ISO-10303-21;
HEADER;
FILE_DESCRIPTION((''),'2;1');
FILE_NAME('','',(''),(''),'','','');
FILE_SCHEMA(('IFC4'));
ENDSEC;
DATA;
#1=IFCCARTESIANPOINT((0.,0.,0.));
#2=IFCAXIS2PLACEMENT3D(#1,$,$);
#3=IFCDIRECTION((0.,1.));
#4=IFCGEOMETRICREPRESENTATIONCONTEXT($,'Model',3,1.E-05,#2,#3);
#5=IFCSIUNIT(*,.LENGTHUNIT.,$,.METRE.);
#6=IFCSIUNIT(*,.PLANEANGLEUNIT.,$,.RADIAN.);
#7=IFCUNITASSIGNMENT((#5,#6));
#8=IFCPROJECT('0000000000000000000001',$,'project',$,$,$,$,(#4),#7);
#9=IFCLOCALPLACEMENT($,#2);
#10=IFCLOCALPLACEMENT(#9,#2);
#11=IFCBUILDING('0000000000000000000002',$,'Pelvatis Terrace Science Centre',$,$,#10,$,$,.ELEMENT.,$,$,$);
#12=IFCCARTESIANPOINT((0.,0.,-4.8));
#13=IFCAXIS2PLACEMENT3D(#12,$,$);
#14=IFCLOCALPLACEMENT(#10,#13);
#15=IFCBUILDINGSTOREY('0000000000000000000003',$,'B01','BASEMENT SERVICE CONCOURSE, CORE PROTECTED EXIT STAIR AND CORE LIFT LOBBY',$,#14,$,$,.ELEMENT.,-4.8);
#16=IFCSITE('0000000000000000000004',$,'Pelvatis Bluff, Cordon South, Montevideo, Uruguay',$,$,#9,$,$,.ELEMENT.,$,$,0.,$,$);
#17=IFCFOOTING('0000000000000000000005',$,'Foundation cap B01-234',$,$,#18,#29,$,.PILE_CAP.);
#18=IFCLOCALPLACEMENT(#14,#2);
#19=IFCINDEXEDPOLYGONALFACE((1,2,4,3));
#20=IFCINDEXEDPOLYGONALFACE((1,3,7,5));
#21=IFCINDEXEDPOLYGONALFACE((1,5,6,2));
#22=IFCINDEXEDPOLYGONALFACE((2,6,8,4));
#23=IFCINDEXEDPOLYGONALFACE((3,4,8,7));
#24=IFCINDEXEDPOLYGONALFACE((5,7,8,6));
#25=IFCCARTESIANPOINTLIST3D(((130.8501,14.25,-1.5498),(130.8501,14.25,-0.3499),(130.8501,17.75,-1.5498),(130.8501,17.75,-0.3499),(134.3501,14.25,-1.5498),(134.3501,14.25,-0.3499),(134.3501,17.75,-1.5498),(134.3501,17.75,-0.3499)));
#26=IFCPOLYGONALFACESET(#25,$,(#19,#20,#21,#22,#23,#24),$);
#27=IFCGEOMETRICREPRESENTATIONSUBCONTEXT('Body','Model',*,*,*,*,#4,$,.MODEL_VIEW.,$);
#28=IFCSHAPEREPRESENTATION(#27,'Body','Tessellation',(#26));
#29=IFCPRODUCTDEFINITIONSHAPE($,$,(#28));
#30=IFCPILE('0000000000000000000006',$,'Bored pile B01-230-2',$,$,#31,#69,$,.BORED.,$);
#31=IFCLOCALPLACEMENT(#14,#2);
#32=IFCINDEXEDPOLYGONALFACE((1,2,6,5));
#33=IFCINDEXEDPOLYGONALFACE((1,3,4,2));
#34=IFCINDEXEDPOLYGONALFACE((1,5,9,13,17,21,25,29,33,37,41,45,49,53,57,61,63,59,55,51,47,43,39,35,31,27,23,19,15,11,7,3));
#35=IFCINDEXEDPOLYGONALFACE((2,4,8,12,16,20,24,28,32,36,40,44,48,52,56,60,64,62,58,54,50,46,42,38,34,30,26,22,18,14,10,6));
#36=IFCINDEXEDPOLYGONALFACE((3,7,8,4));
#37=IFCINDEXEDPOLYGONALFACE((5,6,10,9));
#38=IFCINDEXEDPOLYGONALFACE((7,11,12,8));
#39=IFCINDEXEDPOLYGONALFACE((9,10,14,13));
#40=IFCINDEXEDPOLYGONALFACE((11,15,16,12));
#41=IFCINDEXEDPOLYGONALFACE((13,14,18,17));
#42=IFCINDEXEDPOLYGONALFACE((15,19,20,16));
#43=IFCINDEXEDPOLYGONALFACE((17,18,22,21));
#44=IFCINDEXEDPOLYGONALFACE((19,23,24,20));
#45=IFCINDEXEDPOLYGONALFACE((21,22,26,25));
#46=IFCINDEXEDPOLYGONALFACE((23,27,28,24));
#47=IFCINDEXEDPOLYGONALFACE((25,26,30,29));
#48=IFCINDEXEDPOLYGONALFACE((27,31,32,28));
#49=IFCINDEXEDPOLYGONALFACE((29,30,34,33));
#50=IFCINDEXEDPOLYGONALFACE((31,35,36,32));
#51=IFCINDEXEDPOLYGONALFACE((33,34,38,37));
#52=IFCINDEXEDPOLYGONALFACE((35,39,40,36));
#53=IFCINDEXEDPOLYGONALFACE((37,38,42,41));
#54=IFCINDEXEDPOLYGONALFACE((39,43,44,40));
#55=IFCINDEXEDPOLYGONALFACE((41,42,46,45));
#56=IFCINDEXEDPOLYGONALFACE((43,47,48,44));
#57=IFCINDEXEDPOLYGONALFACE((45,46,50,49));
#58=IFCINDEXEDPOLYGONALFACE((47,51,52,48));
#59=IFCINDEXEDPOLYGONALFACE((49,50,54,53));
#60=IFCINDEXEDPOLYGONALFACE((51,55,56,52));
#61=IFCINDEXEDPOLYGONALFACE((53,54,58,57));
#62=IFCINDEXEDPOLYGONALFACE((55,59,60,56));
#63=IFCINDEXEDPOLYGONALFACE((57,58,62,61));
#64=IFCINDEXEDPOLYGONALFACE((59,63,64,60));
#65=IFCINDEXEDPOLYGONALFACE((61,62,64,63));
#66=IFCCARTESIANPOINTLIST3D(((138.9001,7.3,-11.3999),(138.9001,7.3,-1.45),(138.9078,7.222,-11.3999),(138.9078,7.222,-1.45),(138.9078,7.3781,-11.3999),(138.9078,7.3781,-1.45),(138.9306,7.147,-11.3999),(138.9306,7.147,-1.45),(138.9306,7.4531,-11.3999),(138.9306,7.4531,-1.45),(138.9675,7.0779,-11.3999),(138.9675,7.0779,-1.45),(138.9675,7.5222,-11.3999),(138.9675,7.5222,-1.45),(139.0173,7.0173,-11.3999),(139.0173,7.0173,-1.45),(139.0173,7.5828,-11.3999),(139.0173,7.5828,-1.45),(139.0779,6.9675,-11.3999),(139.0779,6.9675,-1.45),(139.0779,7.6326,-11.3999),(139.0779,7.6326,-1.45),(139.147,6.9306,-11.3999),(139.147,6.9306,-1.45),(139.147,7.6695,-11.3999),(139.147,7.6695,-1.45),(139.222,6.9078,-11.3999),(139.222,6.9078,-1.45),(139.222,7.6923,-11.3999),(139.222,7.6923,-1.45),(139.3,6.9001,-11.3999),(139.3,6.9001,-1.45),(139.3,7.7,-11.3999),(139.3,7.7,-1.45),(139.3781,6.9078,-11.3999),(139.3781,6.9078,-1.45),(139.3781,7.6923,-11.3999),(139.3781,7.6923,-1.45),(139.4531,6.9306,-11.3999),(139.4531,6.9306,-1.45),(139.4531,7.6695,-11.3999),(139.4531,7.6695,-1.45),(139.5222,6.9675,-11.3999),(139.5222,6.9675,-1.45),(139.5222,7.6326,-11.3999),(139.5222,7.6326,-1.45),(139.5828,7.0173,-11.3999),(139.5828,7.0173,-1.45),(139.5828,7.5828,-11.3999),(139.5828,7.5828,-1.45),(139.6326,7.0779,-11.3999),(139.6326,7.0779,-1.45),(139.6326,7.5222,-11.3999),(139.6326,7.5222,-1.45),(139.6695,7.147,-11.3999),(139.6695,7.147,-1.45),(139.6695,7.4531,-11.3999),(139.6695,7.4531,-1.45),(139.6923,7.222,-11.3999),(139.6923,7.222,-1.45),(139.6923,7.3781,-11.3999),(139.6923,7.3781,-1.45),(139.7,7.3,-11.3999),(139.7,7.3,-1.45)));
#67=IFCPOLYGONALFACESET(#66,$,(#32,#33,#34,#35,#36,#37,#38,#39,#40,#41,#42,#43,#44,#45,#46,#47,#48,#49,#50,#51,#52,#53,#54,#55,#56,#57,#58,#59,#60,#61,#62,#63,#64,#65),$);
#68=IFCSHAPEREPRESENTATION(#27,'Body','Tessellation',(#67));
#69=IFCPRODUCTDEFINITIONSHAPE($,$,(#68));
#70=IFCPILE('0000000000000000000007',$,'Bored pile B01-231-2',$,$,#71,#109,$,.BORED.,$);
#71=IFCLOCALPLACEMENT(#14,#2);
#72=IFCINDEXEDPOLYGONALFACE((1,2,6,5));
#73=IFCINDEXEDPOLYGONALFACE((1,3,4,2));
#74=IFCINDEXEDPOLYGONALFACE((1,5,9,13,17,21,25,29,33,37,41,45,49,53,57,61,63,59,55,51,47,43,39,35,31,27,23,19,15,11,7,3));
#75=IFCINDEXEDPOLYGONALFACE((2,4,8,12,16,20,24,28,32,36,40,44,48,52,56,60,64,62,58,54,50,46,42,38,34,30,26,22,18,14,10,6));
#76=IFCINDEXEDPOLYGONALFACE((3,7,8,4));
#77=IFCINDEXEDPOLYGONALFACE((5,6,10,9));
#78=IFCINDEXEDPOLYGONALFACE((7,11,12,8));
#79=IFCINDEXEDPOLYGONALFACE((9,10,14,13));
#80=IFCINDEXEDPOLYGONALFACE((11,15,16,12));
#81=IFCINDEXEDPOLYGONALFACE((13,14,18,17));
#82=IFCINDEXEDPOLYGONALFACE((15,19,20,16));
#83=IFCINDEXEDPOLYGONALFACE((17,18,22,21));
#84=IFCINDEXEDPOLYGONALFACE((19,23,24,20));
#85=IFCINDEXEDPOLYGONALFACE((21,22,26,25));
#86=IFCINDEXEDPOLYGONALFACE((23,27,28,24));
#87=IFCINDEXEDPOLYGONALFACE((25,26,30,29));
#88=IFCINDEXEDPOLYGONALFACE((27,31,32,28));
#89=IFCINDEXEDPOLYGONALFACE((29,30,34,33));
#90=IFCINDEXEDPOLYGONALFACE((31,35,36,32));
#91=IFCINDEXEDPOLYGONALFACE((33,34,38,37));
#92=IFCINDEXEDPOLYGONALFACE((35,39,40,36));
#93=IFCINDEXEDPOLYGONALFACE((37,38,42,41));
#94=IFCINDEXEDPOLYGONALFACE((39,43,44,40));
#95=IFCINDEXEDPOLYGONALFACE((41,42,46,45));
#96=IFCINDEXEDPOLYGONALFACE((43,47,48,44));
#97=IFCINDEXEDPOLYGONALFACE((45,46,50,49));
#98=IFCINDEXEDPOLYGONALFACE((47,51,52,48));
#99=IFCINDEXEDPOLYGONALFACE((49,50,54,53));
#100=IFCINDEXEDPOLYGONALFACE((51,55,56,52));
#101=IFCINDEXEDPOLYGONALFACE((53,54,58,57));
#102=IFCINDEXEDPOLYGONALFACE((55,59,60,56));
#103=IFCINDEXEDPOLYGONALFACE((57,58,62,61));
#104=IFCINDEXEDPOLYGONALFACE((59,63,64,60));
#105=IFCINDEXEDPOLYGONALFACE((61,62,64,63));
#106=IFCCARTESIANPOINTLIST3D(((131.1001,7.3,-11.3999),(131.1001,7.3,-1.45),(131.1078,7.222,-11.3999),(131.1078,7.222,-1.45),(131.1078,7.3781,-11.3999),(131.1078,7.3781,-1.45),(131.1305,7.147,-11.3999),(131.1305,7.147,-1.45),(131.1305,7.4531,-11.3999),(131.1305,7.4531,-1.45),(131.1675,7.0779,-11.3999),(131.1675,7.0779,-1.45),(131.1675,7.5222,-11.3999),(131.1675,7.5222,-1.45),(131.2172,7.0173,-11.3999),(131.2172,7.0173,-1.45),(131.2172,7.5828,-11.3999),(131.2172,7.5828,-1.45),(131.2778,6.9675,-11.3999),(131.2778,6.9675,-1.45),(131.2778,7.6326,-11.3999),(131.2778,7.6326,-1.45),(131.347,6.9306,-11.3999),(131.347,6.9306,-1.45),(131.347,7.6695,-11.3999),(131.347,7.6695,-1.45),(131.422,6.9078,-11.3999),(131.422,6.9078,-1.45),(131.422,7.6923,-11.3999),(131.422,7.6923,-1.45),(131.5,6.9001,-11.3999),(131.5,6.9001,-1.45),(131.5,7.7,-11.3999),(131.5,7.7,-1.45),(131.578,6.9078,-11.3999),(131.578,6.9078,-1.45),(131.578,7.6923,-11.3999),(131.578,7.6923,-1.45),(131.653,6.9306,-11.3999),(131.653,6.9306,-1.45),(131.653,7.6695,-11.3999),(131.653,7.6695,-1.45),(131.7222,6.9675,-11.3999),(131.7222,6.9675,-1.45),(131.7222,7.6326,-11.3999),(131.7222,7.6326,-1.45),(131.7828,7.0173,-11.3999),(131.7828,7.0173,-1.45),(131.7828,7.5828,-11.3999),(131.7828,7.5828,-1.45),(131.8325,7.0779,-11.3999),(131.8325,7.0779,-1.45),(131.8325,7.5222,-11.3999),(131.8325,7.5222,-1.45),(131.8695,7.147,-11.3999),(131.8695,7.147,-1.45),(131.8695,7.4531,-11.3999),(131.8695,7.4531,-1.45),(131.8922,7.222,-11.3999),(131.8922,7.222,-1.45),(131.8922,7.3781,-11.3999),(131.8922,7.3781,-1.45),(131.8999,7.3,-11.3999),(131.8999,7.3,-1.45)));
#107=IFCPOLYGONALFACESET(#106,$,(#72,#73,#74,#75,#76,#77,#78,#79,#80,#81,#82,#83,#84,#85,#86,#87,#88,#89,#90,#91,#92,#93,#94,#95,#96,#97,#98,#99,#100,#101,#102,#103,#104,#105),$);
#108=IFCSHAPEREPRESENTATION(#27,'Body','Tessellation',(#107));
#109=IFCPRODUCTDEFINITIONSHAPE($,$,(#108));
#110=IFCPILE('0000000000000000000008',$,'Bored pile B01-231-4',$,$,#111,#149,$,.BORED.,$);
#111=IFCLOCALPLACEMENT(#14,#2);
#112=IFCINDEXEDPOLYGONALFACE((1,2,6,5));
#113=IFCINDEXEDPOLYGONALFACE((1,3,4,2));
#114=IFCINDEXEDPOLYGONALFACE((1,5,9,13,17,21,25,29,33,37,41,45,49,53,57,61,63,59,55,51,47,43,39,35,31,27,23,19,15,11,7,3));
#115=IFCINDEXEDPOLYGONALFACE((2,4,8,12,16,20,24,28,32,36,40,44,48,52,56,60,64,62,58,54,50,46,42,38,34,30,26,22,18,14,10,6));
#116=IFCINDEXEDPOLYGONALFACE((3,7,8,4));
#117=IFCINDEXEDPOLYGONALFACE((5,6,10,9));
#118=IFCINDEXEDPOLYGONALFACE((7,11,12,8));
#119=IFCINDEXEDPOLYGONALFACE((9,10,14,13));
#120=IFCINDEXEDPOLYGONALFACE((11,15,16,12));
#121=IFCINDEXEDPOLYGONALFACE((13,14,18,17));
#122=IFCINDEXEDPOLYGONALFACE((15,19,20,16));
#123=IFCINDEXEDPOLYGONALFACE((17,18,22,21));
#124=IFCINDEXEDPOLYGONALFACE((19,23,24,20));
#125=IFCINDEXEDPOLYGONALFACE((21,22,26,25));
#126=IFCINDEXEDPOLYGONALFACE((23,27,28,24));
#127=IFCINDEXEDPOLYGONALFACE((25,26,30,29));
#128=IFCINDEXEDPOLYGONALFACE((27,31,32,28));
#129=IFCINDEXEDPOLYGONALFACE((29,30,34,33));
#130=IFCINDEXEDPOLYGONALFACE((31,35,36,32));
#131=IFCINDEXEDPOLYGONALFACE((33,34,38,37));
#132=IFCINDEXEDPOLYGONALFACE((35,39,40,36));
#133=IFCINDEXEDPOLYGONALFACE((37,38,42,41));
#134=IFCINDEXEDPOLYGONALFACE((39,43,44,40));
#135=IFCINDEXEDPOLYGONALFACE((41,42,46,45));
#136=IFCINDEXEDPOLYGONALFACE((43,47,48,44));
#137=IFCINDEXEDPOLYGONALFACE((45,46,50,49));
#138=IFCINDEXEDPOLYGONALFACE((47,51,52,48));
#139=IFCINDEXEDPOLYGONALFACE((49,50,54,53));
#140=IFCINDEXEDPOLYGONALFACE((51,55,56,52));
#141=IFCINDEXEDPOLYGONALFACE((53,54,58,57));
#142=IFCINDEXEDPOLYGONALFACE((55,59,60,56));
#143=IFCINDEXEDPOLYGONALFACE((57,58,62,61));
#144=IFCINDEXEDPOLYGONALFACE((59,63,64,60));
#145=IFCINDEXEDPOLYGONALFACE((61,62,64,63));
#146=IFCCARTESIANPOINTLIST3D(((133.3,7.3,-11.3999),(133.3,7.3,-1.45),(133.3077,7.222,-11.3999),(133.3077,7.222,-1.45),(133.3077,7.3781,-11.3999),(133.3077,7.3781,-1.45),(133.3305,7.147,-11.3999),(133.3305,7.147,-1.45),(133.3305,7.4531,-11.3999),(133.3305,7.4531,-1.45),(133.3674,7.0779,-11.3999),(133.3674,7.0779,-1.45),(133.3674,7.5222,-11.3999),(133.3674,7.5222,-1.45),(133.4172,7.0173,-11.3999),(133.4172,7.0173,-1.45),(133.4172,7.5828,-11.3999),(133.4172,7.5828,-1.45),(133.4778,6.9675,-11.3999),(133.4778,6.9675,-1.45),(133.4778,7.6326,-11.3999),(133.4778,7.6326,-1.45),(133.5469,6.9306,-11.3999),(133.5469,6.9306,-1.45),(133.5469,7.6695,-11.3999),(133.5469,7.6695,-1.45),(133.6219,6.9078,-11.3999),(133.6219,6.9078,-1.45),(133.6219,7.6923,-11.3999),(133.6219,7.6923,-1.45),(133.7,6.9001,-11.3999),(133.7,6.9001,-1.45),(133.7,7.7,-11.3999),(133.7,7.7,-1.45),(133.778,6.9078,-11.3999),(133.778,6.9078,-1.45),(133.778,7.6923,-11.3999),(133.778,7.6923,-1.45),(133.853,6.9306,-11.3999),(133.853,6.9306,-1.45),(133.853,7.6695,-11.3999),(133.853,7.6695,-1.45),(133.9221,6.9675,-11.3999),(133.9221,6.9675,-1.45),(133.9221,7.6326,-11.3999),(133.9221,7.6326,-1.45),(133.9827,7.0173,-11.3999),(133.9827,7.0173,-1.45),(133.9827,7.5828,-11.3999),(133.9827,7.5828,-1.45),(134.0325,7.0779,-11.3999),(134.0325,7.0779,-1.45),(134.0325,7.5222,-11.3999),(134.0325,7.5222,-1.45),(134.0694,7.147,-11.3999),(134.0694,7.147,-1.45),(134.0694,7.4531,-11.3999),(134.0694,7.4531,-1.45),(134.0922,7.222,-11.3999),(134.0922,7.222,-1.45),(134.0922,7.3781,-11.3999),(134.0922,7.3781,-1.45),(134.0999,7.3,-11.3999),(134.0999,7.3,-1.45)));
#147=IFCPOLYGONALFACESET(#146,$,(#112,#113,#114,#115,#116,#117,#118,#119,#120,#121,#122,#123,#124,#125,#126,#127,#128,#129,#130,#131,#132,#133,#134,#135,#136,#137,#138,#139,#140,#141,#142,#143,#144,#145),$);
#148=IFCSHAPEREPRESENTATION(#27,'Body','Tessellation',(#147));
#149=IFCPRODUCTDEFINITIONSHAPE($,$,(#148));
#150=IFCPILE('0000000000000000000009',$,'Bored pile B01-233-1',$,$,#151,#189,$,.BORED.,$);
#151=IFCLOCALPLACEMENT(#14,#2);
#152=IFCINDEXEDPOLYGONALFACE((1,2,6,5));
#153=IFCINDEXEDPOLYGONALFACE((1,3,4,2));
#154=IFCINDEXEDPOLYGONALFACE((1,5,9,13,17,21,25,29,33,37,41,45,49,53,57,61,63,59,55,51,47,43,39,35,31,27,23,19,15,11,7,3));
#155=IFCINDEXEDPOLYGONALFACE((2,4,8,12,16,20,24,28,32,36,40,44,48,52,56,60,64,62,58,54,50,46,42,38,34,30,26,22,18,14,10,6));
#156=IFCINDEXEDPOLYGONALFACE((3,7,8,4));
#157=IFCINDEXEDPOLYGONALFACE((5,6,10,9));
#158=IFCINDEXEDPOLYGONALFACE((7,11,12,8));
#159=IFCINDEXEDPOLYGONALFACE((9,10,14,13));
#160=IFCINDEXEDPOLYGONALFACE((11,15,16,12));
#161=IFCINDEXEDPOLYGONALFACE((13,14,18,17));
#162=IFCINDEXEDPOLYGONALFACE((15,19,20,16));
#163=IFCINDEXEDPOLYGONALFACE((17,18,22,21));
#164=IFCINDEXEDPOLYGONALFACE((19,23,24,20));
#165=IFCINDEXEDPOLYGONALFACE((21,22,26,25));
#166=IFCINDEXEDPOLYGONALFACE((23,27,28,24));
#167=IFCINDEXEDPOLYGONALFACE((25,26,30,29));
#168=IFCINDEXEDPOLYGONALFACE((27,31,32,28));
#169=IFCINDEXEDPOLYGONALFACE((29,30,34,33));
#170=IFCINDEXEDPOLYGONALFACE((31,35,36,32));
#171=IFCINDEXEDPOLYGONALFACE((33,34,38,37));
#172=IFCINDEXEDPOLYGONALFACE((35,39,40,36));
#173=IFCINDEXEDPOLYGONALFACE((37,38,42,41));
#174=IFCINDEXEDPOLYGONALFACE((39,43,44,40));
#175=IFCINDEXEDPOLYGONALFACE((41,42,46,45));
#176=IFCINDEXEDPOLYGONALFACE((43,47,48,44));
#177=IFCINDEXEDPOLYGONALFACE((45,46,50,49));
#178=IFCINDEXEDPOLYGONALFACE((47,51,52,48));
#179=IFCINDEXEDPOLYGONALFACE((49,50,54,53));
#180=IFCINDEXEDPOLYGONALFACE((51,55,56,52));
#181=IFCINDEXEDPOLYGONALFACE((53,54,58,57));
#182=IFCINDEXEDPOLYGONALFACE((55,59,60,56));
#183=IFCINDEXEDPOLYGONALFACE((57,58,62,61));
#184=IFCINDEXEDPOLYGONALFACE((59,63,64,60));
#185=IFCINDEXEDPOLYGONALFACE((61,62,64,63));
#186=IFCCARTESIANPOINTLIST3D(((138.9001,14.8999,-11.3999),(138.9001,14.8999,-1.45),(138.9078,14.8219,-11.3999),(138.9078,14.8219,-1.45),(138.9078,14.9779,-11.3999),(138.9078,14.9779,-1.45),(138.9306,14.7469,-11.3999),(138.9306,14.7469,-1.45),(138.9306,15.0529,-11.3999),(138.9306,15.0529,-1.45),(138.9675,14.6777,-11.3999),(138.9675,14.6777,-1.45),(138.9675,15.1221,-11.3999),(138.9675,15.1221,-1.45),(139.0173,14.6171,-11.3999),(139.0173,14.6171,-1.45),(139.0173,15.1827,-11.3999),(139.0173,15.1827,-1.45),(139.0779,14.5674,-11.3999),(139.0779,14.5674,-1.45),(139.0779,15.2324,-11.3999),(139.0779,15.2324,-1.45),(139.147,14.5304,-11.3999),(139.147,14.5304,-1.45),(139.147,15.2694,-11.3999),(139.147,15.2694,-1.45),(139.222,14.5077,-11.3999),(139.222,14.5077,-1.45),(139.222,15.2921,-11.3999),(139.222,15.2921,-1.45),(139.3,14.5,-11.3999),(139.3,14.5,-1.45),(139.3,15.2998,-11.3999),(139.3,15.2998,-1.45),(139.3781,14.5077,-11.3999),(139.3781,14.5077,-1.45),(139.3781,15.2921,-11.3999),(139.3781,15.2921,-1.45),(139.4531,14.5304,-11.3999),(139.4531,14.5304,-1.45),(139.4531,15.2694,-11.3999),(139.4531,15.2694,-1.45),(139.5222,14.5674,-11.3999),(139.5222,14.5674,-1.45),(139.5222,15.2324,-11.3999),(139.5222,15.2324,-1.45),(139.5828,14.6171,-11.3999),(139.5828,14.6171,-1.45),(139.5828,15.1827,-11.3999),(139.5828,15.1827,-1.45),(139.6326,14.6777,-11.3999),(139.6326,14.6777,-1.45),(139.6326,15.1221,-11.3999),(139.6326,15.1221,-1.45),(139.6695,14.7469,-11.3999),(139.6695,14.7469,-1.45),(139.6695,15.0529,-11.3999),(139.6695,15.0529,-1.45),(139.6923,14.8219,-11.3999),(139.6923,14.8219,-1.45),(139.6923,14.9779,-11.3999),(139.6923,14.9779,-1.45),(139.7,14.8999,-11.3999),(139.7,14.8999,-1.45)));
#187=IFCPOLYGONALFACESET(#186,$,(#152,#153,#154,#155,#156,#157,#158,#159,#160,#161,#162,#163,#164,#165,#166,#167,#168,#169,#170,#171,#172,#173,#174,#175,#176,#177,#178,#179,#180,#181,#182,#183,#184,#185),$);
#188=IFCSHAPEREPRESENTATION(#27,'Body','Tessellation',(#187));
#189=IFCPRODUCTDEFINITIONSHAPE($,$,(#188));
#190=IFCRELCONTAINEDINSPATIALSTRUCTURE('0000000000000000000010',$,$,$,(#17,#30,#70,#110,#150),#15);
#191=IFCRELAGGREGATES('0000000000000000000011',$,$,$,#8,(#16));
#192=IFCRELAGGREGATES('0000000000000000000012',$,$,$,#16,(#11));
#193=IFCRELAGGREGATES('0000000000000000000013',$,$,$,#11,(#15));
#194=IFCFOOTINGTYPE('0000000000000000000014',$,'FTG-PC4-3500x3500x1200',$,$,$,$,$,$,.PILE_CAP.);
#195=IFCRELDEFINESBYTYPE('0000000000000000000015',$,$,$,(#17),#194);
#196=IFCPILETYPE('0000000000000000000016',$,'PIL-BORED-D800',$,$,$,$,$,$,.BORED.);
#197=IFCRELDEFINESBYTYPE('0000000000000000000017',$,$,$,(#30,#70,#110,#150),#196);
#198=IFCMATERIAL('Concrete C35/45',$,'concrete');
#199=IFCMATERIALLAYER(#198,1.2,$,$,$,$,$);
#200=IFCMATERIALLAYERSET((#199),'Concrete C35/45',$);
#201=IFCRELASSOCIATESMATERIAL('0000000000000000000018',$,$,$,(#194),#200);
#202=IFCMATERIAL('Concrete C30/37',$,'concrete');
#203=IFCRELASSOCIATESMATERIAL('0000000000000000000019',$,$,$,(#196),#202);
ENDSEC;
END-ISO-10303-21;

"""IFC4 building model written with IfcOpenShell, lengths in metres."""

from ifc_helpers import new_model, si_unit, direction, frame, origin, origin_2d, place, context, subcontext, project, spatial, rectangle, circle, extrude, material, layer, layer_set, material_profile, profile_set, type_object, element, save


model = new_model("IFC4")

# Units and contexts
model_context = context("Model", 3, precision=1e-05, world=origin(), true_north=direction((0.0, 1.0)))
body_context = subcontext(model_context, "Body", "Model", "MODEL_VIEW")
ifc_project = project(units=[si_unit("LENGTHUNIT", "METRE"), si_unit("PLANEANGLEUNIT", "RADIAN")], contexts=[model_context])

# Site, building, storey
site_placement = place(None, origin())
site = spatial("IfcSite", under=ifc_project, at=site_placement, Name="Pelvatis Bluff, Cordon South, Montevideo, Uruguay", CompositionType="ELEMENT", RefElevation=0.0)
building_placement = place(site_placement, origin())
building = spatial("IfcBuilding", under=site, at=building_placement, Name="Pelvatis Terrace Science Centre", CompositionType="ELEMENT")
storey_placement = place(building_placement, frame((0.0, 0.0, -4.8)))
storey = spatial("IfcBuildingStorey", under=building, at=storey_placement, Name="B01", Description="BASEMENT SERVICE CONCOURSE, CORE PROTECTED EXIT STAIR AND CORE LIFT LOBBY", CompositionType="ELEMENT", Elevation=-4.8)

# Footing
ifc_material_1 = material(Name="Concrete C35/45", Category="concrete")
ifc_layer_1 = layer(ifc_material_1, 1.2)
ifc_layer_set_1 = layer_set([ifc_layer_1], Name="Concrete C35/45")
footing_type = type_object("IfcFootingType", Name="FTG-PC4-3500x3500x1200", PredefinedType="PILE_CAP", material=ifc_layer_set_1)
footing_placement = place(storey_placement, frame((132.6001, 16.0, -1.5498), z_axis=(0.0, 0.0, 1.0), x_axis=(1.0, 0.0, 0.0)))
element("IfcFooting", 1, at=footing_placement, inside=storey, type_object=footing_type, Name="Foundation cap B01-234", PredefinedType="PILE_CAP", context=body_context, shape_type="SweptSolid", body=[
    extrude(rectangle(XDim=3.5, YDim=3.5, at=origin_2d()), origin(), (0.0, 0.0, 1.0), 1.2),
])

# Piles
ifc_material_2 = material(Name="Concrete C30/37", Category="concrete")
ifc_material_profile_1 = material_profile(ifc_material_2, circle(Radius=0.3999, at=origin_2d()), Name="PILE D800")
ifc_profile_set_1 = profile_set([ifc_material_profile_1], Name="Concrete C30/37")
pile_type = type_object("IfcPileType", Name="PIL-BORED-D800", PredefinedType="BORED", material=ifc_profile_set_1)
for number, where, z_axis, x_axis, name in (
    (2, (139.3, 7.3, -1.45), (0.0, 0.0, -1.0), (1.0, 0.0, 0.0), "Bored pile B01-230-2"),
    (3, (131.5, 7.3, -1.45), (0.0, 0.0, -1.0), (1.0, 0.0, 0.0), "Bored pile B01-231-2"),
    (4, (133.7, 7.3, -1.45), (0.0, 0.0, -1.0), (1.0, 0.0, 0.0), "Bored pile B01-231-4"),
    (5, (139.3, 14.8999, -1.45), (0.0, 0.0, -1.0), (1.0, 0.0, 0.0), "Bored pile B01-233-1"),
):
    element("IfcPile", number, at=place(storey_placement, frame(where, z_axis=z_axis, x_axis=x_axis)), inside=storey, type_object=pile_type, Name=name, PredefinedType="BORED", context=body_context, shape_type="SweptSolid", body=[
        extrude(circle(Radius=0.3999, at=origin_2d()), origin(), (0.0, 0.0, 1.0), 9.95),
    ])

save(model, "model.ifc")
